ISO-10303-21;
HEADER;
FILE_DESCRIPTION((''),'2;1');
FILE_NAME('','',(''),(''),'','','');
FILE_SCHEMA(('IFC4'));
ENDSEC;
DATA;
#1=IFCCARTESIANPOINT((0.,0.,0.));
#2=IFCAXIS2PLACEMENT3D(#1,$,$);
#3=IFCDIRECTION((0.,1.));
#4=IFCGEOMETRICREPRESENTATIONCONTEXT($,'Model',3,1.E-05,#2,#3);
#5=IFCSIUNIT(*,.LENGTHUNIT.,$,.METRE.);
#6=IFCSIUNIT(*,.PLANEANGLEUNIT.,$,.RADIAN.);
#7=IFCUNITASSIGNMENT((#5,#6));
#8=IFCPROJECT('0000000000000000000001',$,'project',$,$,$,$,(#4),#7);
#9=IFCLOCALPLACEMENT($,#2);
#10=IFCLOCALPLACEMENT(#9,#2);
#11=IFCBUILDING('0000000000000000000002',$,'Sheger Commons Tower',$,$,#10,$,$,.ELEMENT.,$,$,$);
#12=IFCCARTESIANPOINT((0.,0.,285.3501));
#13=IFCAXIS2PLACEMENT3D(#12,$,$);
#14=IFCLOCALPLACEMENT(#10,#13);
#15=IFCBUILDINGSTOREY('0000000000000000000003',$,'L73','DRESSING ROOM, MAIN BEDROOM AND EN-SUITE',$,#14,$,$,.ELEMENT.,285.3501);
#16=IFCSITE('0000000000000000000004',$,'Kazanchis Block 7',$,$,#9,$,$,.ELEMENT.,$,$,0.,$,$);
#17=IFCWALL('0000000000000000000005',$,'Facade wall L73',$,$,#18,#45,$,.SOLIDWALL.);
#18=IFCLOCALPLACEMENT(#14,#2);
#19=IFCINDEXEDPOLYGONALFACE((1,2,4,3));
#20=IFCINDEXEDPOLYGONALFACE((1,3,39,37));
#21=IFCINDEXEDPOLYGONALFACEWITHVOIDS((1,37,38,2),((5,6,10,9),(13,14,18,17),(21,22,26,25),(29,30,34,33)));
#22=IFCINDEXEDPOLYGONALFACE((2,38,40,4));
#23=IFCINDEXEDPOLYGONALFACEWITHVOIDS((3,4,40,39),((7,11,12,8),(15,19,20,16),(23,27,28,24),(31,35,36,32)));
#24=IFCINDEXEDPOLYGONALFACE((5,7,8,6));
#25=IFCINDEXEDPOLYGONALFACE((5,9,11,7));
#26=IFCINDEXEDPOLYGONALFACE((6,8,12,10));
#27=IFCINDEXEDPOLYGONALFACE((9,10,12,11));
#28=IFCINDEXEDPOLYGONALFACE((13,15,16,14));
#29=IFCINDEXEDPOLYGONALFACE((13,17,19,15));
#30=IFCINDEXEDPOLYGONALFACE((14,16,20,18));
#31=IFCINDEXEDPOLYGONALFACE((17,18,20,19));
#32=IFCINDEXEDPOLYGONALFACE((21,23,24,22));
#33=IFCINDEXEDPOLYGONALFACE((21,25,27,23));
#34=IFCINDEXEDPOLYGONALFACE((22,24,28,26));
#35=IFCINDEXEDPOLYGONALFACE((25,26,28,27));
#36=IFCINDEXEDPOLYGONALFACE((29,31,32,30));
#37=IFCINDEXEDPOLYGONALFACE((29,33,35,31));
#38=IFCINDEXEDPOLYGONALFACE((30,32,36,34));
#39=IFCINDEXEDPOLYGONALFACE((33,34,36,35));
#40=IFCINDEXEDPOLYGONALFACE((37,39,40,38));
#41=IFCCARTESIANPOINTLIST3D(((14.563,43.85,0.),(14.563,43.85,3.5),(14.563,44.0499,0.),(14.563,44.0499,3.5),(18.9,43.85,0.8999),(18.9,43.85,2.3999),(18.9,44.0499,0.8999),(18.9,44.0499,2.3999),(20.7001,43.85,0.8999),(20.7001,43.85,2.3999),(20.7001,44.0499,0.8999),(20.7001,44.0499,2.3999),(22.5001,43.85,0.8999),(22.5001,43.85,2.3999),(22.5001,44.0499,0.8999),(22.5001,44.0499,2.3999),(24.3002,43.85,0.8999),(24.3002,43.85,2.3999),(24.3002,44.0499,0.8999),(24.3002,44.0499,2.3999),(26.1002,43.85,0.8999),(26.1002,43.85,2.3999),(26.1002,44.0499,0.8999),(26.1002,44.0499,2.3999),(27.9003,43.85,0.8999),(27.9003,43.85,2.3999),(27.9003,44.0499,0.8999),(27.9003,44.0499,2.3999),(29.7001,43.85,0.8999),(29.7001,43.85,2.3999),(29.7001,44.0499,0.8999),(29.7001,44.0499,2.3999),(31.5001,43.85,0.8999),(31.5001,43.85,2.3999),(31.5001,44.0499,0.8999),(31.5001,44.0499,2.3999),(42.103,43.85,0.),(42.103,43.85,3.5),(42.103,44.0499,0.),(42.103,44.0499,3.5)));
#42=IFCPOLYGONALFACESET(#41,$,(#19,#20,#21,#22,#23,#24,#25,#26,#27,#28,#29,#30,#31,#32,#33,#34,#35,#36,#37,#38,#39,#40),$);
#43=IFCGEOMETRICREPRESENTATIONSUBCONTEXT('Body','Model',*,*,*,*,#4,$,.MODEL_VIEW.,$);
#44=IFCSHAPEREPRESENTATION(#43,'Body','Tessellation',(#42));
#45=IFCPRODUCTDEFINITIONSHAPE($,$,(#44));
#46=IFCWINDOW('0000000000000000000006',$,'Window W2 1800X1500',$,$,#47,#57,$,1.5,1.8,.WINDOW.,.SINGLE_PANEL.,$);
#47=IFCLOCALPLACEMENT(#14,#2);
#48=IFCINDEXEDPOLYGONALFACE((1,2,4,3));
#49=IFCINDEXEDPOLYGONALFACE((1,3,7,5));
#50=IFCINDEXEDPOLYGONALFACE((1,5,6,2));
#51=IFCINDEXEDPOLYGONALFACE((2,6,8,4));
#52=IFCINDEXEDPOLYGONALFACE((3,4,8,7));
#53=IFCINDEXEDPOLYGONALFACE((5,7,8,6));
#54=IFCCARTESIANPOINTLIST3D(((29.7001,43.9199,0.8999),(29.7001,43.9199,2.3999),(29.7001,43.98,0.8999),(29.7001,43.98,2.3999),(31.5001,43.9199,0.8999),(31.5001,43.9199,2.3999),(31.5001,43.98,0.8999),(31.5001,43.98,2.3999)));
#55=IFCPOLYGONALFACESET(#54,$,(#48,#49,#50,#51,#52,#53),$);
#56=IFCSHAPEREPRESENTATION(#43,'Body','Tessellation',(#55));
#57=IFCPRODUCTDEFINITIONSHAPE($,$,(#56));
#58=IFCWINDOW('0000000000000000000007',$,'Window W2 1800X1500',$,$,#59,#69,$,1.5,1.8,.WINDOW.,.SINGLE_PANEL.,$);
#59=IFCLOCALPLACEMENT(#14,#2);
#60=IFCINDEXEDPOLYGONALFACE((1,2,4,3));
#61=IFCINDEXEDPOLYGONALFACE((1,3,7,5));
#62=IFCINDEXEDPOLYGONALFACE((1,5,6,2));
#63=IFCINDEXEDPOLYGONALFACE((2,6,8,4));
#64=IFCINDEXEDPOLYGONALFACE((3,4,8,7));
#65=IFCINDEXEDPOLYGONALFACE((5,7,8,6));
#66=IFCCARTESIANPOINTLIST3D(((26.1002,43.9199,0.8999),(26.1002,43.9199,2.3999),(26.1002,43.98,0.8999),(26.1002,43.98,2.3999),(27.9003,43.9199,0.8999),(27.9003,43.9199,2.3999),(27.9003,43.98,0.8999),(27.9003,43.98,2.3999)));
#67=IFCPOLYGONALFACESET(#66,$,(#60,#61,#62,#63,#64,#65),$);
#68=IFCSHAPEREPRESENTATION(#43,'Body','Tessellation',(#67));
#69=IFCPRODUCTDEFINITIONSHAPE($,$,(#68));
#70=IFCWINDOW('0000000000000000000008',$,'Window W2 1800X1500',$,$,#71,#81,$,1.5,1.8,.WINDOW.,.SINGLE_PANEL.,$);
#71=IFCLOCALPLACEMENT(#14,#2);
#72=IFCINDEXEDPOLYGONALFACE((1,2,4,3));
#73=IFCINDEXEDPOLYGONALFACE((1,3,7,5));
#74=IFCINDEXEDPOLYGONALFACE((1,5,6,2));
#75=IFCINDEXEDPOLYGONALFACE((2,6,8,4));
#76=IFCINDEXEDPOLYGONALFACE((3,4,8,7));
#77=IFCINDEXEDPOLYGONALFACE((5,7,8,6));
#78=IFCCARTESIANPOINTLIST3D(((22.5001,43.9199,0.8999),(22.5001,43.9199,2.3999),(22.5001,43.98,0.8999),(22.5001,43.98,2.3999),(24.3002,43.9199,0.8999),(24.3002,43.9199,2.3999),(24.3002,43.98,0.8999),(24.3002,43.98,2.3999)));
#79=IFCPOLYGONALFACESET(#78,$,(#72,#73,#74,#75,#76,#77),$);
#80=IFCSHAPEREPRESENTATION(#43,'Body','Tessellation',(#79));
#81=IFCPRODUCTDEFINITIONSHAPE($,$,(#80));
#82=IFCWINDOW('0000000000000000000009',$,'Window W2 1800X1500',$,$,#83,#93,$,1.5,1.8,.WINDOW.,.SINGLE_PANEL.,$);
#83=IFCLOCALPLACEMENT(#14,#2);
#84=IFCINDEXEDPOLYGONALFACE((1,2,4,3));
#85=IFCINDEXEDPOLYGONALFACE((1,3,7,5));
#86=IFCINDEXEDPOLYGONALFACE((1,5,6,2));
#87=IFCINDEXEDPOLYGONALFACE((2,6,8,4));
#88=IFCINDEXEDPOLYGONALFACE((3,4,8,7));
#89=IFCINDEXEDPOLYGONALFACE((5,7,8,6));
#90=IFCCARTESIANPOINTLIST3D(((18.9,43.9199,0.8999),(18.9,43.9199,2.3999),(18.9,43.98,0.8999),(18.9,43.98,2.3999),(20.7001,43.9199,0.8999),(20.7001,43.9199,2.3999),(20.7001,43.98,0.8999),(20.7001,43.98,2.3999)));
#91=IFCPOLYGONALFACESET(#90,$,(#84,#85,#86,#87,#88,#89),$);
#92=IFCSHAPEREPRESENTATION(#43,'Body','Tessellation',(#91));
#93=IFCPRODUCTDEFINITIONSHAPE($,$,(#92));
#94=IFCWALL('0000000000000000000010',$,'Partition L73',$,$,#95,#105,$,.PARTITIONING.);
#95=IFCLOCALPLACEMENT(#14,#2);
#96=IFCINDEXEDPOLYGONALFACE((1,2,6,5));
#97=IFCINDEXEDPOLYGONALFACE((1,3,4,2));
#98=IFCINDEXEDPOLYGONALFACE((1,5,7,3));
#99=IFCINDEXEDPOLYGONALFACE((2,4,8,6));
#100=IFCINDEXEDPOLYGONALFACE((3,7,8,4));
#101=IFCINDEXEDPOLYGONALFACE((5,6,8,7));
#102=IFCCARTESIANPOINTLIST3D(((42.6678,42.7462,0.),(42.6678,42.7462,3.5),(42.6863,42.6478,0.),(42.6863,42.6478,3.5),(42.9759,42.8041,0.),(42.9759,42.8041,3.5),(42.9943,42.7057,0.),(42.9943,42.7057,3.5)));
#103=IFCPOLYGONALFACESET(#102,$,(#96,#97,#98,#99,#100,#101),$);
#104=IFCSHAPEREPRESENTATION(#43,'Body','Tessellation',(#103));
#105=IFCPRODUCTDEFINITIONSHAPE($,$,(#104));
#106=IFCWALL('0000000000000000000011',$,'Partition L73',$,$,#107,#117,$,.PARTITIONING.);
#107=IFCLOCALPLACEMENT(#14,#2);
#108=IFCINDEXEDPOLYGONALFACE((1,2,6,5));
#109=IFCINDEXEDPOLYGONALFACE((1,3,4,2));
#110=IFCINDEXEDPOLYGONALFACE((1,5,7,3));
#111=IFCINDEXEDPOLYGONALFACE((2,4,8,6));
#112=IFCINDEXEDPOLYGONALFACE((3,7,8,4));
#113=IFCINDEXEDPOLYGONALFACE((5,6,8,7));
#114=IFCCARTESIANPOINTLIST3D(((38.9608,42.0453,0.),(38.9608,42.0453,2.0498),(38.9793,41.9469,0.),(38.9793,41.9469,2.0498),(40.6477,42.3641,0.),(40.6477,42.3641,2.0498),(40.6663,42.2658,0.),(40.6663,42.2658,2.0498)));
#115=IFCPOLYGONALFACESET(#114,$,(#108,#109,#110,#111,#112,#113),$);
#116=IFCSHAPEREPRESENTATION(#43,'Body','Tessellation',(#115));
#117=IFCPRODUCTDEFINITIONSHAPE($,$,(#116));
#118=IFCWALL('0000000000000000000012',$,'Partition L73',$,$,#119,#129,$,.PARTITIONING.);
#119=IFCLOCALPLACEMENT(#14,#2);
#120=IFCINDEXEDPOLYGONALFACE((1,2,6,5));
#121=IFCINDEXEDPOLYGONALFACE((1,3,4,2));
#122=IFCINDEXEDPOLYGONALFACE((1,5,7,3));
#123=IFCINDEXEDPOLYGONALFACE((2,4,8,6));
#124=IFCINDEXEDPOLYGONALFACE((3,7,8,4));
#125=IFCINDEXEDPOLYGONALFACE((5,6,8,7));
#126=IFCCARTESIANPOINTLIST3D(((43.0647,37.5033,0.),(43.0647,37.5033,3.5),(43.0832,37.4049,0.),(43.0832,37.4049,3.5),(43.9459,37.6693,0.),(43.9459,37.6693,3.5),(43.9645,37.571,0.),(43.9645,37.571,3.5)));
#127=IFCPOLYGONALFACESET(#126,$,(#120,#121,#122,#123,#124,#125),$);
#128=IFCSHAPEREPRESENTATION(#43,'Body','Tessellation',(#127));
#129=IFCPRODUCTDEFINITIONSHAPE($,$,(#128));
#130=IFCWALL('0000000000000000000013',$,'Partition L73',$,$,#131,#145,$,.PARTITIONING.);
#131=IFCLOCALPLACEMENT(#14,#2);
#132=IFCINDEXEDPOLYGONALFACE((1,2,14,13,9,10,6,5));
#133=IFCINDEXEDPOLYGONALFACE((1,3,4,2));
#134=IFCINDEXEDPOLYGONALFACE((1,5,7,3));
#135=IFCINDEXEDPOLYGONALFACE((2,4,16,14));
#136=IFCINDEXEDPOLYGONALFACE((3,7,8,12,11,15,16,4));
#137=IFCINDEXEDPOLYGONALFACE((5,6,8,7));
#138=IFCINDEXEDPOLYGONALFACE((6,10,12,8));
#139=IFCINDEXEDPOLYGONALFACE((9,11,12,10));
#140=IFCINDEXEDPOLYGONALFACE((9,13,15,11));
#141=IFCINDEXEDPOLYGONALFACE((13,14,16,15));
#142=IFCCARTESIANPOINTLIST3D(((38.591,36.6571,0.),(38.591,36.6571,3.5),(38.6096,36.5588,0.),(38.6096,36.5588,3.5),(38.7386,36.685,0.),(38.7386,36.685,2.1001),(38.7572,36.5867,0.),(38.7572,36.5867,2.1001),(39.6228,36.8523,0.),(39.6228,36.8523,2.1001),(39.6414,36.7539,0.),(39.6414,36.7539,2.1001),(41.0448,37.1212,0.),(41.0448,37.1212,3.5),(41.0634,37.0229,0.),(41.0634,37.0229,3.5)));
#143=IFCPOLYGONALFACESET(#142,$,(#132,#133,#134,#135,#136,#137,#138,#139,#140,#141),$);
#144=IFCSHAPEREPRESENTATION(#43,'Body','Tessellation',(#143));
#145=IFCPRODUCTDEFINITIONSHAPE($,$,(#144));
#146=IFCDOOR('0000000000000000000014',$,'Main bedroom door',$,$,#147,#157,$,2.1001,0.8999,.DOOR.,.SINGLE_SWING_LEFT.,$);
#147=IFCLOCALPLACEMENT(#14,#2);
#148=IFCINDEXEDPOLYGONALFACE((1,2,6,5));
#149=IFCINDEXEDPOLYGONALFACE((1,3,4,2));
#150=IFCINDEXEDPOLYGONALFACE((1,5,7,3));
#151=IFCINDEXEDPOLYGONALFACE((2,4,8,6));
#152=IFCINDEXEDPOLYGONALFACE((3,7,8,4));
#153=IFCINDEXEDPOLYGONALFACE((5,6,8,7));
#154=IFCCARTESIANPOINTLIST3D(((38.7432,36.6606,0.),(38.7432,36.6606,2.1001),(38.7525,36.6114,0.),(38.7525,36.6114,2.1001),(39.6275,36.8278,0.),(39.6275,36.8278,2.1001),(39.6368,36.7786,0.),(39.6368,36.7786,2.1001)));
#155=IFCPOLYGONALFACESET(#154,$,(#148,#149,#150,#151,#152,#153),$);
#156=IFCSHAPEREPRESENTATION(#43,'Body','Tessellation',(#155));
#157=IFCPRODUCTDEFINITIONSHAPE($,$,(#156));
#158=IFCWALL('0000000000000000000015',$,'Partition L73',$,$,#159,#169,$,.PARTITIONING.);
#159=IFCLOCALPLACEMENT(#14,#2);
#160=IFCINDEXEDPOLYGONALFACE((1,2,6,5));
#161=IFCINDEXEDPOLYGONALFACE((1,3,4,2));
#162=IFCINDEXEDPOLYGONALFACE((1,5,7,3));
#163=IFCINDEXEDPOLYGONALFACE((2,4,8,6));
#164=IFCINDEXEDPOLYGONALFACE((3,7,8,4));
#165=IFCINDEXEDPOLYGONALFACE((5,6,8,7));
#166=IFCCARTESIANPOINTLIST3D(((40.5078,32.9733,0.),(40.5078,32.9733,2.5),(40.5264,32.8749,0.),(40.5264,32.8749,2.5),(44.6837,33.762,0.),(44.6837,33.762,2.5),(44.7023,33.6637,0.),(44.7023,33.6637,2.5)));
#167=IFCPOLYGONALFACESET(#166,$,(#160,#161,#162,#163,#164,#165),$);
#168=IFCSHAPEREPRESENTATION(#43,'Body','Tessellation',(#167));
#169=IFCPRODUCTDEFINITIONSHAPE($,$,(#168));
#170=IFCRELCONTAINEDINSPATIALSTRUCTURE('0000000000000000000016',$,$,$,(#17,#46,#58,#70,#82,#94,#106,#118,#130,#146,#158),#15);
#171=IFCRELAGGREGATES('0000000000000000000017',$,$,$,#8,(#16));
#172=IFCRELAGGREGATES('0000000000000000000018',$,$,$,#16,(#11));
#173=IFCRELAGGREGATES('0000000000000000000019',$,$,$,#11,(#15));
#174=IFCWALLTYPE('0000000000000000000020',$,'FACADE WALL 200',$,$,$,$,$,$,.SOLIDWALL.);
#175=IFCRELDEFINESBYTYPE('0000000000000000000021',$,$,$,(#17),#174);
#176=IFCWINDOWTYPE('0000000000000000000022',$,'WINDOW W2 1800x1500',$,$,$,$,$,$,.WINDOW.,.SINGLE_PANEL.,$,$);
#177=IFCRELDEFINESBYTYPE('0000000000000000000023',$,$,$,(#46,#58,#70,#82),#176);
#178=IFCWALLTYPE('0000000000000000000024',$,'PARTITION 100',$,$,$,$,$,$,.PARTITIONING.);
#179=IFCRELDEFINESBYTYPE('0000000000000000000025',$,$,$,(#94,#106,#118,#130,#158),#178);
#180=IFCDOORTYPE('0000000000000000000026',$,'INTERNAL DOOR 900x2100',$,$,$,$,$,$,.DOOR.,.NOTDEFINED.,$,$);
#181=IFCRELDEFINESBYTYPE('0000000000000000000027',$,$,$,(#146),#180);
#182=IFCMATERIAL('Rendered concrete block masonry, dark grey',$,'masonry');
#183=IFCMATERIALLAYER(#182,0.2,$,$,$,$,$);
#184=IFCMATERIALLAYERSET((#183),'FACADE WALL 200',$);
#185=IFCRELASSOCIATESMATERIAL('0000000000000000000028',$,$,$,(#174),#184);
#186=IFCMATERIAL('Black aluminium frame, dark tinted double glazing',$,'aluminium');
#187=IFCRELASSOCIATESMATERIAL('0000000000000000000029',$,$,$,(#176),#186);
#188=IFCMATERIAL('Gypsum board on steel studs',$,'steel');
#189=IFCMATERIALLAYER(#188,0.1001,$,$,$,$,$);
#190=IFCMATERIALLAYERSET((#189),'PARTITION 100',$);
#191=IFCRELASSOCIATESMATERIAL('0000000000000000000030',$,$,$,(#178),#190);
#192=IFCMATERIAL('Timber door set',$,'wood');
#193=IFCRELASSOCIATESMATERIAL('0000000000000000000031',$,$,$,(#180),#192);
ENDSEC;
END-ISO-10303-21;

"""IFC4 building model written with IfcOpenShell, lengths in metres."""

from ifc_helpers import new_model, si_unit, direction, frame, frame_2d, origin, place, context, subcontext, project, spatial, rectangle, extrude, material, layer, layer_set, type_object, element, fill, save


model = new_model("IFC4")

# Units and contexts
model_context = context("Model", 3, precision=1e-05, world=origin(), true_north=direction((0.0, 1.0)))
body_context = subcontext(model_context, "Body", "Model", "MODEL_VIEW")
ifc_project = project(units=[si_unit("LENGTHUNIT", "METRE"), si_unit("PLANEANGLEUNIT", "RADIAN")], contexts=[model_context])

# Site, building, storey
site_placement = place(None, origin())
site = spatial("IfcSite", under=ifc_project, at=site_placement, Name="Kazanchis Block 7", CompositionType="ELEMENT", RefElevation=0.0)
building_placement = place(site_placement, origin())
building = spatial("IfcBuilding", under=site, at=building_placement, Name="Sheger Commons Tower", CompositionType="ELEMENT")
storey_placement = place(building_placement, frame((0.0, 0.0, 285.3501)))
storey = spatial("IfcBuildingStorey", under=building, at=storey_placement, Name="L73", Description="DRESSING ROOM, MAIN BEDROOM AND EN-SUITE", CompositionType="ELEMENT", Elevation=285.3501)

# Shared definitions
ifc_material_1 = material(Name="Rendered concrete block masonry, dark grey", Category="masonry")
ifc_layer_1 = layer(ifc_material_1, 0.2)
ifc_layer_set_1 = layer_set([ifc_layer_1], Name="FACADE WALL 200")
wall_type_1 = type_object("IfcWallType", Name="FACADE WALL 200", PredefinedType="SOLIDWALL", material=ifc_layer_set_1)

# Wall, openings, windows
wall_1_placement = place(storey_placement, frame((42.103, 43.95, 0.0), z_axis=(0.0, 0.0, 1.0), x_axis=(-1.0, 0.0, 0.0)))
wall_1 = element("IfcWall", 1, at=wall_1_placement, inside=storey, type_object=wall_type_1, Name="Facade wall L73", PredefinedType="SOLIDWALL", context=body_context, shape_type="SweptSolid", body=[
    extrude(rectangle(XDim=27.54, YDim=0.2, at=frame_2d((13.77, 0.0))), origin(), (0.0, 0.0, 1.0), 3.5),
])
opening_1_placement = place(wall_1_placement, frame((10.603, 0.0, 0.8999)))
opening_1 = element("IfcOpeningElement", 2, at=opening_1_placement, cuts=wall_1, PredefinedType="OPENING", context=body_context, shape_type="SweptSolid", body=[
    extrude(rectangle(XDim=1.8, YDim=1.5, at=frame_2d((0.8999, 0.75))), frame((0.0, 0.1099, 0.0), z_axis=(0.0, -1.0, 0.0), x_axis=(1.0, 0.0, 0.0)), (0.0, 0.0, 1.0), 0.22),
])
opening_2_placement = place(wall_1_placement, frame((14.2029, 0.0, 0.8999)))
opening_2 = element("IfcOpeningElement", 3, at=opening_2_placement, cuts=wall_1, PredefinedType="OPENING", context=body_context, shape_type="SweptSolid", body=[
    extrude(rectangle(XDim=1.8, YDim=1.5, at=frame_2d((0.8999, 0.75))), frame((0.0, 0.1099, 0.0), z_axis=(0.0, -1.0, 0.0), x_axis=(1.0, 0.0, 0.0)), (0.0, 0.0, 1.0), 0.22),
])
opening_3_placement = place(wall_1_placement, frame((17.803, 0.0, 0.8999)))
opening_3 = element("IfcOpeningElement", 4, at=opening_3_placement, cuts=wall_1, PredefinedType="OPENING", context=body_context, shape_type="SweptSolid", body=[
    extrude(rectangle(XDim=1.8, YDim=1.5, at=frame_2d((0.8999, 0.75))), frame((0.0, 0.1099, 0.0), z_axis=(0.0, -1.0, 0.0), x_axis=(1.0, 0.0, 0.0)), (0.0, 0.0, 1.0), 0.22),
])
opening_4_placement = place(wall_1_placement, frame((21.4031, 0.0, 0.8999)))
opening_4 = element("IfcOpeningElement", 5, at=opening_4_placement, cuts=wall_1, PredefinedType="OPENING", context=body_context, shape_type="SweptSolid", body=[
    extrude(rectangle(XDim=1.8, YDim=1.5, at=frame_2d((0.8999, 0.75))), frame((0.0, 0.1099, 0.0), z_axis=(0.0, -1.0, 0.0), x_axis=(1.0, 0.0, 0.0)), (0.0, 0.0, 1.0), 0.22),
])
ifc_material_2 = material(Name="Black aluminium frame, dark tinted double glazing", Category="aluminium")
window_type = type_object("IfcWindowType", Name="WINDOW W2 1800x1500", PartitioningType="SINGLE_PANEL", PredefinedType="WINDOW", material=ifc_material_2)
window_1_placement = place(opening_1_placement, origin())
window_1 = element("IfcWindow", 6, at=window_1_placement, inside=storey, type_object=window_type, Name="Window W2 1800X1500", OverallHeight=1.5, OverallWidth=1.8, PartitioningType="SINGLE_PANEL", PredefinedType="WINDOW", context=body_context, shape_type="SweptSolid", body=[
    extrude(rectangle(XDim=1.8, YDim=1.5, at=frame_2d((0.8999, 0.75))), frame((0.0, 0.03, 0.0), z_axis=(0.0, -1.0, 0.0), x_axis=(1.0, 0.0, 0.0)), (0.0, 0.0, 1.0), 0.0601),
])
fill(opening_1, window_1)
window_2_placement = place(opening_2_placement, origin())
window_2 = element("IfcWindow", 7, at=window_2_placement, inside=storey, type_object=window_type, Name="Window W2 1800X1500", OverallHeight=1.5, OverallWidth=1.8, PartitioningType="SINGLE_PANEL", PredefinedType="WINDOW", context=body_context, shape_type="SweptSolid", body=[
    extrude(rectangle(XDim=1.8, YDim=1.5, at=frame_2d((0.8999, 0.75))), frame((0.0, 0.03, 0.0), z_axis=(0.0, -1.0, 0.0), x_axis=(1.0, 0.0, 0.0)), (0.0, 0.0, 1.0), 0.0601),
])
fill(opening_2, window_2)
window_3_placement = place(opening_3_placement, origin())
window_3 = element("IfcWindow", 8, at=window_3_placement, inside=storey, type_object=window_type, Name="Window W2 1800X1500", OverallHeight=1.5, OverallWidth=1.8, PartitioningType="SINGLE_PANEL", PredefinedType="WINDOW", context=body_context, shape_type="SweptSolid", body=[
    extrude(rectangle(XDim=1.8, YDim=1.5, at=frame_2d((0.8999, 0.75))), frame((0.0, 0.03, 0.0), z_axis=(0.0, -1.0, 0.0), x_axis=(1.0, 0.0, 0.0)), (0.0, 0.0, 1.0), 0.0601),
])
fill(opening_3, window_3)
window_4_placement = place(opening_4_placement, origin())
window_4 = element("IfcWindow", 9, at=window_4_placement, inside=storey, type_object=window_type, Name="Window W2 1800X1500", OverallHeight=1.5, OverallWidth=1.8, PartitioningType="SINGLE_PANEL", PredefinedType="WINDOW", context=body_context, shape_type="SweptSolid", body=[
    extrude(rectangle(XDim=1.8, YDim=1.5, at=frame_2d((0.8999, 0.75))), frame((0.0, 0.03, 0.0), z_axis=(0.0, -1.0, 0.0), x_axis=(1.0, 0.0, 0.0)), (0.0, 0.0, 1.0), 0.0601),
])
fill(opening_4, window_4)

# Walls
ifc_material_3 = material(Name="Gypsum board on steel studs", Category="steel")
ifc_layer_2 = layer(ifc_material_3, 0.1001)
ifc_layer_set_2 = layer_set([ifc_layer_2], Name="PARTITION 100")
wall_type_2 = type_object("IfcWallType", Name="PARTITION 100", PredefinedType="PARTITIONING", material=ifc_layer_set_2)
wall_2_placement = place(storey_placement, frame((42.9851, 42.7549, 0.0), z_axis=(0.0, 0.0, 1.0), x_axis=(-0.982819, -0.184571, 0.0)))
element("IfcWall", 10, at=wall_2_placement, inside=storey, type_object=wall_type_2, Name="Partition L73", PredefinedType="PARTITIONING", context=body_context, shape_type="SweptSolid", body=[
    extrude(rectangle(XDim=0.3135, YDim=0.1001, at=frame_2d((0.1567, 0.0))), origin(), (0.0, 0.0, 1.0), 3.5),
])
wall_3_placement = place(storey_placement, frame((40.657, 42.3149, 0.0), z_axis=(0.0, 0.0, 1.0), x_axis=(-0.982604, -0.185714, 0.0)))
element("IfcWall", 11, at=wall_3_placement, inside=storey, type_object=wall_type_2, Name="Partition L73", PredefinedType="PARTITIONING", context=body_context, shape_type="SweptSolid", body=[
    extrude(rectangle(XDim=1.7168, YDim=0.1001, at=frame_2d((0.8584, 0.0))), origin(), (0.0, 0.0, 1.0), 2.0498),
])
wall_4_placement = place(storey_placement, frame((43.9551, 37.6201, 0.0), z_axis=(0.0, 0.0, 1.0), x_axis=(-0.982708, -0.18516, 0.0)))
element("IfcWall", 12, at=wall_4_placement, inside=storey, type_object=wall_type_2, Name="Partition L73", PredefinedType="PARTITIONING", context=body_context, shape_type="SweptSolid", body=[
    extrude(rectangle(XDim=0.8967, YDim=0.1001, at=frame_2d((0.4482, 0.0))), origin(), (0.0, 0.0, 1.0), 3.5),
])

# Wall, opening, door
wall_5_placement = place(storey_placement, frame((41.054, 37.072, 0.0), z_axis=(0.0, 0.0, 1.0), x_axis=(-0.98258, -0.185841, 0.0)))
wall_5 = element("IfcWall", 13, at=wall_5_placement, inside=storey, type_object=wall_type_2, Name="Partition L73", PredefinedType="PARTITIONING", context=body_context, shape_type="SweptSolid", body=[
    extrude(rectangle(XDim=2.4973, YDim=0.1001, at=frame_2d((1.2485, 0.0))), origin(), (0.0, 0.0, 1.0), 3.5),
])
opening_5_placement = place(wall_5_placement, frame((1.447, 0.0, 0.0)))
opening_5 = element("IfcOpeningElement", 14, at=opening_5_placement, cuts=wall_5, PredefinedType="OPENING", context=body_context, shape_type="SweptSolid", body=[
    extrude(rectangle(XDim=0.8999, YDim=2.1001, at=frame_2d((0.45, 1.05))), frame((0.0, 0.0601, 0.0), z_axis=(0.0, -1.0, 0.0), x_axis=(1.0, 0.0, 0.0)), (0.0, 0.0, 1.0), 0.1201),
])
ifc_material_4 = material(Name="Timber door set", Category="wood")
door_type = type_object("IfcDoorType", Name="INTERNAL DOOR 900x2100", OperationType="NOTDEFINED", PredefinedType="DOOR", material=ifc_material_4)
door_1_placement = place(opening_5_placement, origin())
door_1 = element("IfcDoor", 15, at=door_1_placement, inside=storey, type_object=door_type, Name="Main bedroom door", OperationType="SINGLE_SWING_LEFT", OverallHeight=2.1001, OverallWidth=0.8999, PredefinedType="DOOR", context=body_context, shape_type="SweptSolid", body=[
    extrude(rectangle(XDim=0.8999, YDim=2.1001, at=frame_2d((0.45, 1.05))), frame((0.0, 0.0249, 0.0), z_axis=(0.0, -1.0, 0.0), x_axis=(1.0, 0.0, 0.0)), (0.0, 0.0, 1.0), 0.05),
])
fill(opening_5, door_1)

# Wall
wall_6_placement = place(storey_placement, frame((44.6931, 33.7129, 0.0), z_axis=(0.0, 0.0, 1.0), x_axis=(-0.982624, -0.18561, 0.0)))
element("IfcWall", 16, at=wall_6_placement, inside=storey, type_object=wall_type_2, Name="Partition L73", PredefinedType="PARTITIONING", context=body_context, shape_type="SweptSolid", body=[
    extrude(rectangle(XDim=4.2498, YDim=0.1001, at=frame_2d((2.125, 0.0))), origin(), (0.0, 0.0, 1.0), 2.5),
])

save(model, "model.ifc")
